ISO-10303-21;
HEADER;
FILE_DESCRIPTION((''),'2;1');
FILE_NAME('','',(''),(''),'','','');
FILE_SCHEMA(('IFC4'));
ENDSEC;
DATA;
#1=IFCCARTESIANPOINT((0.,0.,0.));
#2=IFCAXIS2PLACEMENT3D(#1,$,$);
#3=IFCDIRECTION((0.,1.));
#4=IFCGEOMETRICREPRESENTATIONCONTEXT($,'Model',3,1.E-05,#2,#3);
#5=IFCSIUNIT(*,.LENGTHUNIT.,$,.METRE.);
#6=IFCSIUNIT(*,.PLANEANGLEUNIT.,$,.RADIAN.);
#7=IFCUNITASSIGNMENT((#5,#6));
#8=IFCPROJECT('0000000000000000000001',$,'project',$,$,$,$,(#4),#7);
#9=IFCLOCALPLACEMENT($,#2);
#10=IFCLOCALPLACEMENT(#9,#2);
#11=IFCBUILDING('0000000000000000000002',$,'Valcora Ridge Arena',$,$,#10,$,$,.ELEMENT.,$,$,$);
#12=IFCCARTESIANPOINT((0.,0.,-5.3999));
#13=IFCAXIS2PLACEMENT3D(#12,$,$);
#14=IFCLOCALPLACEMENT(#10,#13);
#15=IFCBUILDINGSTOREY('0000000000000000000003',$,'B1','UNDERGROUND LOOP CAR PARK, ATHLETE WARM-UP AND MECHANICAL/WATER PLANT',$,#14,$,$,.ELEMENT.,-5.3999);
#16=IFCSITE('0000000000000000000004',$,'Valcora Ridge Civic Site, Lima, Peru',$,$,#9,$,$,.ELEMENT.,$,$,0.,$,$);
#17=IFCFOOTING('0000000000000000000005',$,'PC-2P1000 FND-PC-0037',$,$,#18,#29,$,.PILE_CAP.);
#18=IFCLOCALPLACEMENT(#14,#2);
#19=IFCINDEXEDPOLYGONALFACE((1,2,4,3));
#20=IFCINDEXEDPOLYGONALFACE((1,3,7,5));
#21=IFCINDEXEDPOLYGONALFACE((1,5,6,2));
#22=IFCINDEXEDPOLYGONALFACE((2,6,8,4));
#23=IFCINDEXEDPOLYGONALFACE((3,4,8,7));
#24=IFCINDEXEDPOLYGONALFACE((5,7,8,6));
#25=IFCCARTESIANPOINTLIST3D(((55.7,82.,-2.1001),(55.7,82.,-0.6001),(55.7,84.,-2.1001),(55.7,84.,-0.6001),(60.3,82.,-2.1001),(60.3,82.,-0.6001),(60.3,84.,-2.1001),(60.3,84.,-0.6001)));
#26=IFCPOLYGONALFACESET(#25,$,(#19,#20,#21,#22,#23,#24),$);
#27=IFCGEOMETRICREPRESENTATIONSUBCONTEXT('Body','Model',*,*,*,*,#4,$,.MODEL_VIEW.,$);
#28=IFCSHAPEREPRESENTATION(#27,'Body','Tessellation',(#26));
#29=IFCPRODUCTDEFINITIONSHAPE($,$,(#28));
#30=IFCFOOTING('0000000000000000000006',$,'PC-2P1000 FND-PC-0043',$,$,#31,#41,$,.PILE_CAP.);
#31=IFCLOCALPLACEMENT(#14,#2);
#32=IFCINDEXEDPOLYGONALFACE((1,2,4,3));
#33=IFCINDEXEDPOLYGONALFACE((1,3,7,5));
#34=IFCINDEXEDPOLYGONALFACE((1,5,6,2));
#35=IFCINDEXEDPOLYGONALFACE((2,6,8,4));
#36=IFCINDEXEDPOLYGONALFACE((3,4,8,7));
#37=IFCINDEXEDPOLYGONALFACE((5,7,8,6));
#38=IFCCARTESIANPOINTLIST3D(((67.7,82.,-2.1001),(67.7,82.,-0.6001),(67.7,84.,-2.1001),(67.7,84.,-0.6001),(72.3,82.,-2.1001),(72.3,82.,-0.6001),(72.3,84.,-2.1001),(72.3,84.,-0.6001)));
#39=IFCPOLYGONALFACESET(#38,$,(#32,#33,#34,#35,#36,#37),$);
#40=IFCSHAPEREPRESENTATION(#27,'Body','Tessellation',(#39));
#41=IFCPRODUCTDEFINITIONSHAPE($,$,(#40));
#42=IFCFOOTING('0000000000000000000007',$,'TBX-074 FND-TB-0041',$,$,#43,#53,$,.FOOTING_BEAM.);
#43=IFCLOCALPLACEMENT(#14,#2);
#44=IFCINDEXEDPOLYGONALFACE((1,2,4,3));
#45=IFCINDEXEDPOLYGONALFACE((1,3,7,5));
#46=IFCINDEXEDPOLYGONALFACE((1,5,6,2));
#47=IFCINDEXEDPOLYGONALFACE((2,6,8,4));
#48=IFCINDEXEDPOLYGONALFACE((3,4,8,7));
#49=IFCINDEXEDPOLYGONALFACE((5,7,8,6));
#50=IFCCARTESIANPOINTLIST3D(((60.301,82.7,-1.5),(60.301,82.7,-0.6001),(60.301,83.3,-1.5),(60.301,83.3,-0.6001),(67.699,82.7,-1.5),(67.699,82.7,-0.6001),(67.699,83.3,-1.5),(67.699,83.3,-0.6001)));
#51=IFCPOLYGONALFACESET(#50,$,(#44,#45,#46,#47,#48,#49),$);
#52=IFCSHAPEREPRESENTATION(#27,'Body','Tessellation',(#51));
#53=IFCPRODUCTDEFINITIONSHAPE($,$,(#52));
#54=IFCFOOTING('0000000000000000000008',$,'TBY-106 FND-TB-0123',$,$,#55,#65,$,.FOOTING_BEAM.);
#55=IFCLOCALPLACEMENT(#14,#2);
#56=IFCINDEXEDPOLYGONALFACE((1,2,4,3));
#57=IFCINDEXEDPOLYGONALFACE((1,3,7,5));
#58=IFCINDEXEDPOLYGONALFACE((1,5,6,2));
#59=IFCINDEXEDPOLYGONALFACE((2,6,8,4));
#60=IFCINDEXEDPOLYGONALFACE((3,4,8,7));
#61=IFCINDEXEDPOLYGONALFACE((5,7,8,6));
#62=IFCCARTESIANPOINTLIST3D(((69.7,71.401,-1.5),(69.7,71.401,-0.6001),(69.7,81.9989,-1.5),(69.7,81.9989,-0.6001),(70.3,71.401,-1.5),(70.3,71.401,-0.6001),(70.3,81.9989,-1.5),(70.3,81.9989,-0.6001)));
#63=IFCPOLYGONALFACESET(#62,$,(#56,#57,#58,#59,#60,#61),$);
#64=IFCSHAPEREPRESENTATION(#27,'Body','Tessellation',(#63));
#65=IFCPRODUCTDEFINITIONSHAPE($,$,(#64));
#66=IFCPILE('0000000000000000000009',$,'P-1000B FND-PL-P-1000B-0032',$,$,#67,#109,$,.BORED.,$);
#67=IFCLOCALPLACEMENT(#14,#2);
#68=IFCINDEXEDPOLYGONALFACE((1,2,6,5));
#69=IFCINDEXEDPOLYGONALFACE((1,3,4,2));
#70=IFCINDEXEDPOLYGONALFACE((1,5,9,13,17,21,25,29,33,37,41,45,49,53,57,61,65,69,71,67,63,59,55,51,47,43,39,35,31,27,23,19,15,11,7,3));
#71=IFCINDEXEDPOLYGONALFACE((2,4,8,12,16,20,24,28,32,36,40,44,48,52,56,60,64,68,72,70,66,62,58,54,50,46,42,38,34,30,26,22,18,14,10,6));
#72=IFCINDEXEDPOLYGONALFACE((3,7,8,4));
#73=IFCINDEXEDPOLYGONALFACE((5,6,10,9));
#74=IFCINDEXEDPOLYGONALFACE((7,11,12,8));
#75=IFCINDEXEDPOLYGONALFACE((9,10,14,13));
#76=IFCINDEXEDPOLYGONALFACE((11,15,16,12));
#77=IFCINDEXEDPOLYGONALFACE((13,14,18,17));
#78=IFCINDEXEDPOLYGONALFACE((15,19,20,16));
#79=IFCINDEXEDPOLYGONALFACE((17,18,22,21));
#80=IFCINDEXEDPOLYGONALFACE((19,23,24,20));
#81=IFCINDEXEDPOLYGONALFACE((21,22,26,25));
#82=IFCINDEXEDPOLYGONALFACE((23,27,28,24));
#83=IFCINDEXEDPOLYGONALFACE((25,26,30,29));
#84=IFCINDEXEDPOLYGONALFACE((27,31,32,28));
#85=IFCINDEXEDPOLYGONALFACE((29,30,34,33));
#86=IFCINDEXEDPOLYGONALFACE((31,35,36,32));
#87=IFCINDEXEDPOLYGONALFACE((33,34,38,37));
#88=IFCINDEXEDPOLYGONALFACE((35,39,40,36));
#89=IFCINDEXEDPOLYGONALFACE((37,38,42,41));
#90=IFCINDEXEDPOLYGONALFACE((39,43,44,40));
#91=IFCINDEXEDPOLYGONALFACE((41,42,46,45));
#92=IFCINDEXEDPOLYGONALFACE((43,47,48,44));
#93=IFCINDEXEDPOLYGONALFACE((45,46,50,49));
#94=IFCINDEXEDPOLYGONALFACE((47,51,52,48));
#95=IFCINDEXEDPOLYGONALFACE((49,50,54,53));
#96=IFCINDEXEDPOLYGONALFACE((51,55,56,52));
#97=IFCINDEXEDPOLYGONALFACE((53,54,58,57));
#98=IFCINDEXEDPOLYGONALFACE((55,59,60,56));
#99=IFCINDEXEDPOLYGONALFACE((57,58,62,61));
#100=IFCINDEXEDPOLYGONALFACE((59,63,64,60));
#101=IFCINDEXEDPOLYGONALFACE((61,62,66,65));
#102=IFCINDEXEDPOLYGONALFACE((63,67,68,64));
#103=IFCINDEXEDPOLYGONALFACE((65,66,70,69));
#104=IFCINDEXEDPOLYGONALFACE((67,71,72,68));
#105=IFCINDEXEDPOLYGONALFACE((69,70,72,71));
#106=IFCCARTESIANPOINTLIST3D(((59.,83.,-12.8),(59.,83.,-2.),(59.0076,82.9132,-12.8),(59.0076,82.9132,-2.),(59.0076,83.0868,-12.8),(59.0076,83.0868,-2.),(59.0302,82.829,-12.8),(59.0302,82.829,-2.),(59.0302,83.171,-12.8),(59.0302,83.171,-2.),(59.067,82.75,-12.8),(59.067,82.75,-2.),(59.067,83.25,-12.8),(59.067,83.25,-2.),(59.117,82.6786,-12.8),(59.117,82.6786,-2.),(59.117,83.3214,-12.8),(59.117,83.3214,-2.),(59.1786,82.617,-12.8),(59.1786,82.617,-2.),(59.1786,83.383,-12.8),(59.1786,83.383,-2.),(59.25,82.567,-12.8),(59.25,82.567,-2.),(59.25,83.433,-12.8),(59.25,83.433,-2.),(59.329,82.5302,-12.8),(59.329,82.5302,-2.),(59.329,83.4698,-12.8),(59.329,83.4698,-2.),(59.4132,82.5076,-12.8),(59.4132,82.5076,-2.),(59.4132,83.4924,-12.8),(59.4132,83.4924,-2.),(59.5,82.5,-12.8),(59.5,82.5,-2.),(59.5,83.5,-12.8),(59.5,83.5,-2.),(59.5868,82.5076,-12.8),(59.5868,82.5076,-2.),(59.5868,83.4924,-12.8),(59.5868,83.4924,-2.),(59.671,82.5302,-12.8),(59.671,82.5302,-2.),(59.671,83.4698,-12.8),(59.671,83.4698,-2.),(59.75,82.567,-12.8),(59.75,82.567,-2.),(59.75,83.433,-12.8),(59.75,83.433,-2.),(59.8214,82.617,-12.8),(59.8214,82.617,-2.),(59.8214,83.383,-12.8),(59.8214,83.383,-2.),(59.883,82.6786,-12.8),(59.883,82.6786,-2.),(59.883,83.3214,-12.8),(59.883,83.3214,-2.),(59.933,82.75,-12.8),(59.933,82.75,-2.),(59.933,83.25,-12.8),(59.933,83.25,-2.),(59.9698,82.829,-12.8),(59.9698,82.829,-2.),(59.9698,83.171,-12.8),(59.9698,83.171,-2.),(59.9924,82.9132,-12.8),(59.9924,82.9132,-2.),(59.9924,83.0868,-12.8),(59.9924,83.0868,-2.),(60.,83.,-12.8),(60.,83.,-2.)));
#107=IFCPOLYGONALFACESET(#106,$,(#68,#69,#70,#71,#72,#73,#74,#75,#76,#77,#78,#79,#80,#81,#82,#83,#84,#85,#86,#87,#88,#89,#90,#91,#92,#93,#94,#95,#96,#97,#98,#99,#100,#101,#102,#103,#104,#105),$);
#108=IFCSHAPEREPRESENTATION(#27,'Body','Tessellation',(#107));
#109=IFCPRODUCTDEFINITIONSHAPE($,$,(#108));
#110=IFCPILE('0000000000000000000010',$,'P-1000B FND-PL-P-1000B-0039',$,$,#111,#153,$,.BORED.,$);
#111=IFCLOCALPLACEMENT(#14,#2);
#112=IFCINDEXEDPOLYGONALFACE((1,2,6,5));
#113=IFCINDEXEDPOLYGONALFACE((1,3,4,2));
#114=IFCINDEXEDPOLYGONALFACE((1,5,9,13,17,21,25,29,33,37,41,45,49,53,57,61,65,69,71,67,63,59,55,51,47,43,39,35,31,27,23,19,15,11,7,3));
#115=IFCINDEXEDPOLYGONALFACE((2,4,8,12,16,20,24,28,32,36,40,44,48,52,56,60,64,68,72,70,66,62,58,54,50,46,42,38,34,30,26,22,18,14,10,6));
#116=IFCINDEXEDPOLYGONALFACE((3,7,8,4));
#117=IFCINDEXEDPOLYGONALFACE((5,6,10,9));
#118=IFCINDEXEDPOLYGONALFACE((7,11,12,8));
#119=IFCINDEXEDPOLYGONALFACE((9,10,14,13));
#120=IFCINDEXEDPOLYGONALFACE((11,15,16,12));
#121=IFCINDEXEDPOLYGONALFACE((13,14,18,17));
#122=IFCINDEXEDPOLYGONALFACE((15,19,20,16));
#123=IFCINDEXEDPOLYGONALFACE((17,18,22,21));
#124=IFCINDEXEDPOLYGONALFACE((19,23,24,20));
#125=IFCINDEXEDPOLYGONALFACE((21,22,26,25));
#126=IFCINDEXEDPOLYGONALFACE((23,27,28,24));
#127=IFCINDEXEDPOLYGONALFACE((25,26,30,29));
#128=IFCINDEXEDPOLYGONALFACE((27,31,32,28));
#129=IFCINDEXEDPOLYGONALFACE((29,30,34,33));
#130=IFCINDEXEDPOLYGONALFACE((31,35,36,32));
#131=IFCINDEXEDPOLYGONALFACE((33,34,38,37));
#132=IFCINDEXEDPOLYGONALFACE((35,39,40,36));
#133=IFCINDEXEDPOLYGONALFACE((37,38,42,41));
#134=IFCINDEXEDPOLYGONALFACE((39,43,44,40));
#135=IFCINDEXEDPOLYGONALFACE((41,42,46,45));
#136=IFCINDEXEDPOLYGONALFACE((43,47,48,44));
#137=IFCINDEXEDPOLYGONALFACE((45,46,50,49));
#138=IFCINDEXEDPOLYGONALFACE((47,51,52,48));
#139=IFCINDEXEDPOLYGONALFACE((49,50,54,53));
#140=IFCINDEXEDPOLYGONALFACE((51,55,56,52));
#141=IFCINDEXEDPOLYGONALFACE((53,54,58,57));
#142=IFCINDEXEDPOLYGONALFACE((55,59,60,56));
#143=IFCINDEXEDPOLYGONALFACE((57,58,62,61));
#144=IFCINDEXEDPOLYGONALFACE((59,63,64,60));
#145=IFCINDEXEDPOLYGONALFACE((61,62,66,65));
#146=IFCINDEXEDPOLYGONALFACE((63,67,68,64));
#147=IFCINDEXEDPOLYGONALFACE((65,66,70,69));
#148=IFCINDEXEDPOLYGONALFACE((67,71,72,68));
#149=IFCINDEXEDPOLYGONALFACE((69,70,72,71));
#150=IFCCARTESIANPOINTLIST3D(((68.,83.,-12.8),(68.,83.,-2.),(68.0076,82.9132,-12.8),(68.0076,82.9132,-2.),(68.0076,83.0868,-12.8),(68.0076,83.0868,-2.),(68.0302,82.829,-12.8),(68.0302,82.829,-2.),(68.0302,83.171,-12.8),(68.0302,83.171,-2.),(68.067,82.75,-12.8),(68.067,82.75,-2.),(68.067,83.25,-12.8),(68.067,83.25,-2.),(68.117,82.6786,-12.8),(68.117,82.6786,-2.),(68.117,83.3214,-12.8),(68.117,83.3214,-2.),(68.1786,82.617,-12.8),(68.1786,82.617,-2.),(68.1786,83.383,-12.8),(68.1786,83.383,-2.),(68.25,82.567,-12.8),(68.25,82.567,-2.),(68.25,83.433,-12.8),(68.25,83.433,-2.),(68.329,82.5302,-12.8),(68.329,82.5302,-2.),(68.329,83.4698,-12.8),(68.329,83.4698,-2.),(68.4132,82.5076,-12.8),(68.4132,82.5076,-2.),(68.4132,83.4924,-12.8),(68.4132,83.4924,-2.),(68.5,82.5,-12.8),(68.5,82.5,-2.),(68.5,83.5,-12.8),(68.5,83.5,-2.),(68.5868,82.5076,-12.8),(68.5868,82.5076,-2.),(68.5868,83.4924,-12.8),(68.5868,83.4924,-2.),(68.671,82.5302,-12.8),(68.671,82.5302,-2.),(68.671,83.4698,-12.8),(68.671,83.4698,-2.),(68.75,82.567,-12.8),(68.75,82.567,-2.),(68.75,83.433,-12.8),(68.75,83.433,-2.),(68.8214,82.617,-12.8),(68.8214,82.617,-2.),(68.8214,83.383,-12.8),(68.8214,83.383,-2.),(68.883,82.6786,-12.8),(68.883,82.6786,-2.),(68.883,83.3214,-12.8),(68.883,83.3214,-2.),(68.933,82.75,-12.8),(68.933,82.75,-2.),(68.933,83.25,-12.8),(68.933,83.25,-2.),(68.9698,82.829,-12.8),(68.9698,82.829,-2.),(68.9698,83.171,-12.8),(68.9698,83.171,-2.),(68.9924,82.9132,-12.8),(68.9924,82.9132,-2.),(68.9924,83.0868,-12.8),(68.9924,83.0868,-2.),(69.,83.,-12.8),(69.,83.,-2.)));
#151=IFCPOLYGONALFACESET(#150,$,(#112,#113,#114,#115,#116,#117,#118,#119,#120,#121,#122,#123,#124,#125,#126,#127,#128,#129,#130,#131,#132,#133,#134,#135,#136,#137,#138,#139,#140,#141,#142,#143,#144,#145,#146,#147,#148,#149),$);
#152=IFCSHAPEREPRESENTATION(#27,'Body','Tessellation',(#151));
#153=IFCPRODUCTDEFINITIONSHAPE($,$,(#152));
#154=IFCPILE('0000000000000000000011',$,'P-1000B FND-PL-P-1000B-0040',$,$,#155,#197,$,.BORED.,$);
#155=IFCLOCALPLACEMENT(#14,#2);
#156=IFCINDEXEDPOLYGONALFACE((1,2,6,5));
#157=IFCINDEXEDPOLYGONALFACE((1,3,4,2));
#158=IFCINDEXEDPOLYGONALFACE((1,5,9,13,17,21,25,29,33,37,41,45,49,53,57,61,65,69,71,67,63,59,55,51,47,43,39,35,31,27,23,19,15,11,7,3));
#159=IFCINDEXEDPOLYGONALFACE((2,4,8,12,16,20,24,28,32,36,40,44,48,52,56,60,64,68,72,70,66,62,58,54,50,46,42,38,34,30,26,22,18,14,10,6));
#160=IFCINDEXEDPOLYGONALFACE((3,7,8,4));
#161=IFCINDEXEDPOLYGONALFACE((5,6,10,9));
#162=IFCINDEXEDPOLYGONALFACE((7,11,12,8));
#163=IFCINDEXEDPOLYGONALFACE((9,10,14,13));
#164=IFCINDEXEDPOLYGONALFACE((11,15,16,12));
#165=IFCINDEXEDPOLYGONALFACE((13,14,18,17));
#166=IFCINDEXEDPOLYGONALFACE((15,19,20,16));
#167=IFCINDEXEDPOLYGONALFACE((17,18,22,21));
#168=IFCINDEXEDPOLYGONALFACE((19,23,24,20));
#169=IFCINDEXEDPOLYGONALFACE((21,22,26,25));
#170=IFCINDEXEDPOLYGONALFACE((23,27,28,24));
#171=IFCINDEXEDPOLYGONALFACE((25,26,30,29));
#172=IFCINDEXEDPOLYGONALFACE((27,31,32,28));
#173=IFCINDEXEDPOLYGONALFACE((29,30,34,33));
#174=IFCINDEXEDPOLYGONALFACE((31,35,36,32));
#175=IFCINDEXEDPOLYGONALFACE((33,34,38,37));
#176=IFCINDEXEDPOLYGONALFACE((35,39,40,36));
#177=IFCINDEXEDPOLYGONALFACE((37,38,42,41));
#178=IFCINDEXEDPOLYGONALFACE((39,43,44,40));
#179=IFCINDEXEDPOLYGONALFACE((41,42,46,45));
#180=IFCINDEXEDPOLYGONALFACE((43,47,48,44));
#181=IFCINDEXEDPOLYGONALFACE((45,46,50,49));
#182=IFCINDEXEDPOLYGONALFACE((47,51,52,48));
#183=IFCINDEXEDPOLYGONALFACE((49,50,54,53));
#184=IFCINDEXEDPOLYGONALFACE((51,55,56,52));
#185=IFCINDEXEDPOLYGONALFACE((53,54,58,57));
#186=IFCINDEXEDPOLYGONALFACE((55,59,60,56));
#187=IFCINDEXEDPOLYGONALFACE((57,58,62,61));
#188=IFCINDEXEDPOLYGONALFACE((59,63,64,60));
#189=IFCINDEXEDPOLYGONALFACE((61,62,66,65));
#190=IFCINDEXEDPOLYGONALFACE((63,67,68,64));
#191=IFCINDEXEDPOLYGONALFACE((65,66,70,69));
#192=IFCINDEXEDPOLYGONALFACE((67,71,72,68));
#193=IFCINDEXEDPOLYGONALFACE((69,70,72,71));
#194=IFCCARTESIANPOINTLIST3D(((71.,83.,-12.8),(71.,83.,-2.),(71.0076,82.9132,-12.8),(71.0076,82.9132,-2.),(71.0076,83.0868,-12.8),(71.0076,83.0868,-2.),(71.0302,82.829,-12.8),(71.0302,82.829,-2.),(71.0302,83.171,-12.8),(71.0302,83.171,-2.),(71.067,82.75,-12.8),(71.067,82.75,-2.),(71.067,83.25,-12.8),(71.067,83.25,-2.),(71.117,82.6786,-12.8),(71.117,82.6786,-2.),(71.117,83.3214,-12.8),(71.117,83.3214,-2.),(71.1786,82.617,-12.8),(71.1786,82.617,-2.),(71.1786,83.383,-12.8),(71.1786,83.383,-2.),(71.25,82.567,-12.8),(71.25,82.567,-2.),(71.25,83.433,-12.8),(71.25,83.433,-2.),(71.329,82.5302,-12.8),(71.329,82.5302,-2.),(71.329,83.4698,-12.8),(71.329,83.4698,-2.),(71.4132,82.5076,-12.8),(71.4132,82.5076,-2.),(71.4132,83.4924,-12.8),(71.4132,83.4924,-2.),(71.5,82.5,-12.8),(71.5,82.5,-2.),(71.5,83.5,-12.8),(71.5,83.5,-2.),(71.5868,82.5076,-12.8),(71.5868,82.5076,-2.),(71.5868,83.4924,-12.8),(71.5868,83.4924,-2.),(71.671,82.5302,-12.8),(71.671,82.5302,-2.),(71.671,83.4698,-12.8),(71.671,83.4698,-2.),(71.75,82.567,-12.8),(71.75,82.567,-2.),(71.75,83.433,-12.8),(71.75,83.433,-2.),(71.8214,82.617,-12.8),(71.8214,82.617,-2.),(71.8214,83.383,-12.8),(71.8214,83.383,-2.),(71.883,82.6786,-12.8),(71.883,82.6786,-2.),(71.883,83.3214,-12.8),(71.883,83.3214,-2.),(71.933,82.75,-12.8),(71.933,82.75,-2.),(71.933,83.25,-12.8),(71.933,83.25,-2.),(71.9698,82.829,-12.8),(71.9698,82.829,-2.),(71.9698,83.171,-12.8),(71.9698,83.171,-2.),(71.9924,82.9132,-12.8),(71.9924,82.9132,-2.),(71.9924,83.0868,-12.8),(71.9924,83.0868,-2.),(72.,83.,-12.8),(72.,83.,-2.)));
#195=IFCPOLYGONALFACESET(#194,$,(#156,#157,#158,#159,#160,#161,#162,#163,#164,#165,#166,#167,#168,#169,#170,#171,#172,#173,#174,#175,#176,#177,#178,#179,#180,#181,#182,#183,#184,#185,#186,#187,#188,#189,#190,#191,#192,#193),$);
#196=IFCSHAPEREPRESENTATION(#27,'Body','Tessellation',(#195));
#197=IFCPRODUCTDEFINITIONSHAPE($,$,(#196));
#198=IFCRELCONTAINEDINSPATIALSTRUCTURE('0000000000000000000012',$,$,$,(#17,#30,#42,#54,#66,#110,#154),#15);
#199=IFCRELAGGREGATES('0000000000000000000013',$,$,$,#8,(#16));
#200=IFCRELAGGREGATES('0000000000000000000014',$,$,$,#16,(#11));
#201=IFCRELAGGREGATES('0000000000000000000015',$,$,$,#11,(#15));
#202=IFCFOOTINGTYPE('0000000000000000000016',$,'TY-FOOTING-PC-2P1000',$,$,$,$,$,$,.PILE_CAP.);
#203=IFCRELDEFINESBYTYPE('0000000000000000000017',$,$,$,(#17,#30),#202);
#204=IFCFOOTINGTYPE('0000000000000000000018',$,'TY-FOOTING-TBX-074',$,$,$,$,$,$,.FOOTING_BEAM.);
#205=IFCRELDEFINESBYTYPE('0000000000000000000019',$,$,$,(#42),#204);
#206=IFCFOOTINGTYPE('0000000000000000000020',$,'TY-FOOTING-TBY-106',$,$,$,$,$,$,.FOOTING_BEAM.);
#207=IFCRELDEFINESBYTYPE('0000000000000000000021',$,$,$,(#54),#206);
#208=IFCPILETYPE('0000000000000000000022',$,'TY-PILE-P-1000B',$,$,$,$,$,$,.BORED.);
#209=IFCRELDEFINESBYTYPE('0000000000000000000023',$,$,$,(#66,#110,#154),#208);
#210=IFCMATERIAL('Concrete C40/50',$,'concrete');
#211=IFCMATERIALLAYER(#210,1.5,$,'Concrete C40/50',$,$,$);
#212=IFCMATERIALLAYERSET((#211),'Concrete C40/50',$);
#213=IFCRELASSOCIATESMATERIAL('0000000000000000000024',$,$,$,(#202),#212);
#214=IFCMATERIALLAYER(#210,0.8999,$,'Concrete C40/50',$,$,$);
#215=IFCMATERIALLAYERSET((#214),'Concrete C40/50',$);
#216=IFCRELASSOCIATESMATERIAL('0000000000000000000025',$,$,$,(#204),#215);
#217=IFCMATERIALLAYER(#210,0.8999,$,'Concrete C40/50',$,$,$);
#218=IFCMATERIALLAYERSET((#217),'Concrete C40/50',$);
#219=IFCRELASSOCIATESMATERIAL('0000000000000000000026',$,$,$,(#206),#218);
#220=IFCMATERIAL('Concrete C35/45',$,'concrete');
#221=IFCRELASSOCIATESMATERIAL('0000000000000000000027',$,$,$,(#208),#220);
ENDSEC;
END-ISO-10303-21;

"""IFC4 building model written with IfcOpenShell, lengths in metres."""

from ifc_helpers import new_model, si_unit, direction, frame, origin, origin_2d, place, context, subcontext, project, spatial, rectangle, circle, extrude, material, layer, layer_set, material_profile, profile_set, type_object, element, save


model = new_model("IFC4")

# Units and contexts
model_context = context("Model", 3, precision=1e-05, world=origin(), true_north=direction((0.0, 1.0)))
body_context = subcontext(model_context, "Body", "Model", "MODEL_VIEW")
ifc_project = project(units=[si_unit("LENGTHUNIT", "METRE"), si_unit("PLANEANGLEUNIT", "RADIAN")], contexts=[model_context])

# Site, building, storey
site_placement = place(None, origin())
site = spatial("IfcSite", under=ifc_project, at=site_placement, Name="Valcora Ridge Civic Site, Lima, Peru", CompositionType="ELEMENT", RefElevation=0.0)
building_placement = place(site_placement, origin())
building = spatial("IfcBuilding", under=site, at=building_placement, Name="Valcora Ridge Arena", CompositionType="ELEMENT")
storey_placement = place(building_placement, frame((0.0, 0.0, -5.3999)))
storey = spatial("IfcBuildingStorey", under=building, at=storey_placement, Name="B1", Description="UNDERGROUND LOOP CAR PARK, ATHLETE WARM-UP AND MECHANICAL/WATER PLANT", CompositionType="ELEMENT", Elevation=-5.3999)

# Footings
ifc_material_1 = material(Name="Concrete C40/50", Category="concrete")
ifc_layer_1 = layer(ifc_material_1, 1.5, Name="Concrete C40/50")
ifc_layer_set_1 = layer_set([ifc_layer_1], Name="Concrete C40/50")
footing_type_1 = type_object("IfcFootingType", Name="TY-FOOTING-PC-2P1000", PredefinedType="PILE_CAP", material=ifc_layer_set_1)
for number, where, z_axis, x_axis, name in (
    (1, (58.0, 83.0, -2.1001), (0.0, 0.0, 1.0), (1.0, 0.0, 0.0), "PC-2P1000 FND-PC-0037"),
    (2, (70.0, 83.0, -2.1001), (0.0, 0.0, 1.0), (1.0, 0.0, 0.0), "PC-2P1000 FND-PC-0043"),
):
    element("IfcFooting", number, at=place(storey_placement, frame(where, z_axis=z_axis, x_axis=x_axis)), inside=storey, type_object=footing_type_1, Name=name, PredefinedType="PILE_CAP", context=body_context, shape_type="SweptSolid", body=[
        extrude(rectangle(XDim=4.6001, YDim=2.0, at=origin_2d()), origin(), (0.0, 0.0, 1.0), 1.5),
    ])
ifc_layer_2 = layer(ifc_material_1, 0.8999, Name="Concrete C40/50")
ifc_layer_set_2 = layer_set([ifc_layer_2], Name="Concrete C40/50")
footing_type_2 = type_object("IfcFootingType", Name="TY-FOOTING-TBX-074", PredefinedType="FOOTING_BEAM", material=ifc_layer_set_2)
footing_1_placement = place(storey_placement, frame((64.0, 83.0, -1.5), z_axis=(0.0, 0.0, 1.0), x_axis=(1.0, 0.0, 0.0)))
element("IfcFooting", 3, at=footing_1_placement, inside=storey, type_object=footing_type_2, Name="TBX-074 FND-TB-0041", PredefinedType="FOOTING_BEAM", context=body_context, shape_type="SweptSolid", body=[
    extrude(rectangle(XDim=7.3979, YDim=0.6001, at=origin_2d()), origin(), (0.0, 0.0, 1.0), 0.8999),
])
ifc_layer_3 = layer(ifc_material_1, 0.8999, Name="Concrete C40/50")
ifc_layer_set_3 = layer_set([ifc_layer_3], Name="Concrete C40/50")
footing_type_3 = type_object("IfcFootingType", Name="TY-FOOTING-TBY-106", PredefinedType="FOOTING_BEAM", material=ifc_layer_set_3)
footing_2_placement = place(storey_placement, frame((70.0, 76.7, -1.5), z_axis=(0.0, 0.0, 1.0), x_axis=(1.0, 0.0, 0.0)))
element("IfcFooting", 4, at=footing_2_placement, inside=storey, type_object=footing_type_3, Name="TBY-106 FND-TB-0123", PredefinedType="FOOTING_BEAM", context=body_context, shape_type="SweptSolid", body=[
    extrude(rectangle(XDim=0.6001, YDim=10.5979, at=origin_2d()), origin(), (0.0, 0.0, 1.0), 0.8999),
])

# Piles
ifc_material_2 = material(Name="Concrete C35/45", Category="concrete")
ifc_material_profile_1 = material_profile(ifc_material_2, circle(Radius=0.5, at=origin_2d()), Name="BORED PILE D1000")
ifc_profile_set_1 = profile_set([ifc_material_profile_1], Name="Concrete C35/45")
pile_type = type_object("IfcPileType", Name="TY-PILE-P-1000B", PredefinedType="BORED", material=ifc_profile_set_1)
for number, where, z_axis, x_axis, name in (
    (5, (59.5, 83.0, -2.0), (0.0, 0.0, -1.0), (1.0, 0.0, 0.0), "P-1000B FND-PL-P-1000B-0032"),
    (6, (68.5, 83.0, -2.0), (0.0, 0.0, -1.0), (1.0, 0.0, 0.0), "P-1000B FND-PL-P-1000B-0039"),
    (7, (71.5, 83.0, -2.0), (0.0, 0.0, -1.0), (1.0, 0.0, 0.0), "P-1000B FND-PL-P-1000B-0040"),
):
    element("IfcPile", number, at=place(storey_placement, frame(where, z_axis=z_axis, x_axis=x_axis)), inside=storey, type_object=pile_type, Name=name, PredefinedType="BORED", context=body_context, shape_type="SweptSolid", body=[
        extrude(circle(Radius=0.5, at=origin_2d()), origin(), (0.0, 0.0, 1.0), 10.8),
    ])

save(model, "model.ifc")
